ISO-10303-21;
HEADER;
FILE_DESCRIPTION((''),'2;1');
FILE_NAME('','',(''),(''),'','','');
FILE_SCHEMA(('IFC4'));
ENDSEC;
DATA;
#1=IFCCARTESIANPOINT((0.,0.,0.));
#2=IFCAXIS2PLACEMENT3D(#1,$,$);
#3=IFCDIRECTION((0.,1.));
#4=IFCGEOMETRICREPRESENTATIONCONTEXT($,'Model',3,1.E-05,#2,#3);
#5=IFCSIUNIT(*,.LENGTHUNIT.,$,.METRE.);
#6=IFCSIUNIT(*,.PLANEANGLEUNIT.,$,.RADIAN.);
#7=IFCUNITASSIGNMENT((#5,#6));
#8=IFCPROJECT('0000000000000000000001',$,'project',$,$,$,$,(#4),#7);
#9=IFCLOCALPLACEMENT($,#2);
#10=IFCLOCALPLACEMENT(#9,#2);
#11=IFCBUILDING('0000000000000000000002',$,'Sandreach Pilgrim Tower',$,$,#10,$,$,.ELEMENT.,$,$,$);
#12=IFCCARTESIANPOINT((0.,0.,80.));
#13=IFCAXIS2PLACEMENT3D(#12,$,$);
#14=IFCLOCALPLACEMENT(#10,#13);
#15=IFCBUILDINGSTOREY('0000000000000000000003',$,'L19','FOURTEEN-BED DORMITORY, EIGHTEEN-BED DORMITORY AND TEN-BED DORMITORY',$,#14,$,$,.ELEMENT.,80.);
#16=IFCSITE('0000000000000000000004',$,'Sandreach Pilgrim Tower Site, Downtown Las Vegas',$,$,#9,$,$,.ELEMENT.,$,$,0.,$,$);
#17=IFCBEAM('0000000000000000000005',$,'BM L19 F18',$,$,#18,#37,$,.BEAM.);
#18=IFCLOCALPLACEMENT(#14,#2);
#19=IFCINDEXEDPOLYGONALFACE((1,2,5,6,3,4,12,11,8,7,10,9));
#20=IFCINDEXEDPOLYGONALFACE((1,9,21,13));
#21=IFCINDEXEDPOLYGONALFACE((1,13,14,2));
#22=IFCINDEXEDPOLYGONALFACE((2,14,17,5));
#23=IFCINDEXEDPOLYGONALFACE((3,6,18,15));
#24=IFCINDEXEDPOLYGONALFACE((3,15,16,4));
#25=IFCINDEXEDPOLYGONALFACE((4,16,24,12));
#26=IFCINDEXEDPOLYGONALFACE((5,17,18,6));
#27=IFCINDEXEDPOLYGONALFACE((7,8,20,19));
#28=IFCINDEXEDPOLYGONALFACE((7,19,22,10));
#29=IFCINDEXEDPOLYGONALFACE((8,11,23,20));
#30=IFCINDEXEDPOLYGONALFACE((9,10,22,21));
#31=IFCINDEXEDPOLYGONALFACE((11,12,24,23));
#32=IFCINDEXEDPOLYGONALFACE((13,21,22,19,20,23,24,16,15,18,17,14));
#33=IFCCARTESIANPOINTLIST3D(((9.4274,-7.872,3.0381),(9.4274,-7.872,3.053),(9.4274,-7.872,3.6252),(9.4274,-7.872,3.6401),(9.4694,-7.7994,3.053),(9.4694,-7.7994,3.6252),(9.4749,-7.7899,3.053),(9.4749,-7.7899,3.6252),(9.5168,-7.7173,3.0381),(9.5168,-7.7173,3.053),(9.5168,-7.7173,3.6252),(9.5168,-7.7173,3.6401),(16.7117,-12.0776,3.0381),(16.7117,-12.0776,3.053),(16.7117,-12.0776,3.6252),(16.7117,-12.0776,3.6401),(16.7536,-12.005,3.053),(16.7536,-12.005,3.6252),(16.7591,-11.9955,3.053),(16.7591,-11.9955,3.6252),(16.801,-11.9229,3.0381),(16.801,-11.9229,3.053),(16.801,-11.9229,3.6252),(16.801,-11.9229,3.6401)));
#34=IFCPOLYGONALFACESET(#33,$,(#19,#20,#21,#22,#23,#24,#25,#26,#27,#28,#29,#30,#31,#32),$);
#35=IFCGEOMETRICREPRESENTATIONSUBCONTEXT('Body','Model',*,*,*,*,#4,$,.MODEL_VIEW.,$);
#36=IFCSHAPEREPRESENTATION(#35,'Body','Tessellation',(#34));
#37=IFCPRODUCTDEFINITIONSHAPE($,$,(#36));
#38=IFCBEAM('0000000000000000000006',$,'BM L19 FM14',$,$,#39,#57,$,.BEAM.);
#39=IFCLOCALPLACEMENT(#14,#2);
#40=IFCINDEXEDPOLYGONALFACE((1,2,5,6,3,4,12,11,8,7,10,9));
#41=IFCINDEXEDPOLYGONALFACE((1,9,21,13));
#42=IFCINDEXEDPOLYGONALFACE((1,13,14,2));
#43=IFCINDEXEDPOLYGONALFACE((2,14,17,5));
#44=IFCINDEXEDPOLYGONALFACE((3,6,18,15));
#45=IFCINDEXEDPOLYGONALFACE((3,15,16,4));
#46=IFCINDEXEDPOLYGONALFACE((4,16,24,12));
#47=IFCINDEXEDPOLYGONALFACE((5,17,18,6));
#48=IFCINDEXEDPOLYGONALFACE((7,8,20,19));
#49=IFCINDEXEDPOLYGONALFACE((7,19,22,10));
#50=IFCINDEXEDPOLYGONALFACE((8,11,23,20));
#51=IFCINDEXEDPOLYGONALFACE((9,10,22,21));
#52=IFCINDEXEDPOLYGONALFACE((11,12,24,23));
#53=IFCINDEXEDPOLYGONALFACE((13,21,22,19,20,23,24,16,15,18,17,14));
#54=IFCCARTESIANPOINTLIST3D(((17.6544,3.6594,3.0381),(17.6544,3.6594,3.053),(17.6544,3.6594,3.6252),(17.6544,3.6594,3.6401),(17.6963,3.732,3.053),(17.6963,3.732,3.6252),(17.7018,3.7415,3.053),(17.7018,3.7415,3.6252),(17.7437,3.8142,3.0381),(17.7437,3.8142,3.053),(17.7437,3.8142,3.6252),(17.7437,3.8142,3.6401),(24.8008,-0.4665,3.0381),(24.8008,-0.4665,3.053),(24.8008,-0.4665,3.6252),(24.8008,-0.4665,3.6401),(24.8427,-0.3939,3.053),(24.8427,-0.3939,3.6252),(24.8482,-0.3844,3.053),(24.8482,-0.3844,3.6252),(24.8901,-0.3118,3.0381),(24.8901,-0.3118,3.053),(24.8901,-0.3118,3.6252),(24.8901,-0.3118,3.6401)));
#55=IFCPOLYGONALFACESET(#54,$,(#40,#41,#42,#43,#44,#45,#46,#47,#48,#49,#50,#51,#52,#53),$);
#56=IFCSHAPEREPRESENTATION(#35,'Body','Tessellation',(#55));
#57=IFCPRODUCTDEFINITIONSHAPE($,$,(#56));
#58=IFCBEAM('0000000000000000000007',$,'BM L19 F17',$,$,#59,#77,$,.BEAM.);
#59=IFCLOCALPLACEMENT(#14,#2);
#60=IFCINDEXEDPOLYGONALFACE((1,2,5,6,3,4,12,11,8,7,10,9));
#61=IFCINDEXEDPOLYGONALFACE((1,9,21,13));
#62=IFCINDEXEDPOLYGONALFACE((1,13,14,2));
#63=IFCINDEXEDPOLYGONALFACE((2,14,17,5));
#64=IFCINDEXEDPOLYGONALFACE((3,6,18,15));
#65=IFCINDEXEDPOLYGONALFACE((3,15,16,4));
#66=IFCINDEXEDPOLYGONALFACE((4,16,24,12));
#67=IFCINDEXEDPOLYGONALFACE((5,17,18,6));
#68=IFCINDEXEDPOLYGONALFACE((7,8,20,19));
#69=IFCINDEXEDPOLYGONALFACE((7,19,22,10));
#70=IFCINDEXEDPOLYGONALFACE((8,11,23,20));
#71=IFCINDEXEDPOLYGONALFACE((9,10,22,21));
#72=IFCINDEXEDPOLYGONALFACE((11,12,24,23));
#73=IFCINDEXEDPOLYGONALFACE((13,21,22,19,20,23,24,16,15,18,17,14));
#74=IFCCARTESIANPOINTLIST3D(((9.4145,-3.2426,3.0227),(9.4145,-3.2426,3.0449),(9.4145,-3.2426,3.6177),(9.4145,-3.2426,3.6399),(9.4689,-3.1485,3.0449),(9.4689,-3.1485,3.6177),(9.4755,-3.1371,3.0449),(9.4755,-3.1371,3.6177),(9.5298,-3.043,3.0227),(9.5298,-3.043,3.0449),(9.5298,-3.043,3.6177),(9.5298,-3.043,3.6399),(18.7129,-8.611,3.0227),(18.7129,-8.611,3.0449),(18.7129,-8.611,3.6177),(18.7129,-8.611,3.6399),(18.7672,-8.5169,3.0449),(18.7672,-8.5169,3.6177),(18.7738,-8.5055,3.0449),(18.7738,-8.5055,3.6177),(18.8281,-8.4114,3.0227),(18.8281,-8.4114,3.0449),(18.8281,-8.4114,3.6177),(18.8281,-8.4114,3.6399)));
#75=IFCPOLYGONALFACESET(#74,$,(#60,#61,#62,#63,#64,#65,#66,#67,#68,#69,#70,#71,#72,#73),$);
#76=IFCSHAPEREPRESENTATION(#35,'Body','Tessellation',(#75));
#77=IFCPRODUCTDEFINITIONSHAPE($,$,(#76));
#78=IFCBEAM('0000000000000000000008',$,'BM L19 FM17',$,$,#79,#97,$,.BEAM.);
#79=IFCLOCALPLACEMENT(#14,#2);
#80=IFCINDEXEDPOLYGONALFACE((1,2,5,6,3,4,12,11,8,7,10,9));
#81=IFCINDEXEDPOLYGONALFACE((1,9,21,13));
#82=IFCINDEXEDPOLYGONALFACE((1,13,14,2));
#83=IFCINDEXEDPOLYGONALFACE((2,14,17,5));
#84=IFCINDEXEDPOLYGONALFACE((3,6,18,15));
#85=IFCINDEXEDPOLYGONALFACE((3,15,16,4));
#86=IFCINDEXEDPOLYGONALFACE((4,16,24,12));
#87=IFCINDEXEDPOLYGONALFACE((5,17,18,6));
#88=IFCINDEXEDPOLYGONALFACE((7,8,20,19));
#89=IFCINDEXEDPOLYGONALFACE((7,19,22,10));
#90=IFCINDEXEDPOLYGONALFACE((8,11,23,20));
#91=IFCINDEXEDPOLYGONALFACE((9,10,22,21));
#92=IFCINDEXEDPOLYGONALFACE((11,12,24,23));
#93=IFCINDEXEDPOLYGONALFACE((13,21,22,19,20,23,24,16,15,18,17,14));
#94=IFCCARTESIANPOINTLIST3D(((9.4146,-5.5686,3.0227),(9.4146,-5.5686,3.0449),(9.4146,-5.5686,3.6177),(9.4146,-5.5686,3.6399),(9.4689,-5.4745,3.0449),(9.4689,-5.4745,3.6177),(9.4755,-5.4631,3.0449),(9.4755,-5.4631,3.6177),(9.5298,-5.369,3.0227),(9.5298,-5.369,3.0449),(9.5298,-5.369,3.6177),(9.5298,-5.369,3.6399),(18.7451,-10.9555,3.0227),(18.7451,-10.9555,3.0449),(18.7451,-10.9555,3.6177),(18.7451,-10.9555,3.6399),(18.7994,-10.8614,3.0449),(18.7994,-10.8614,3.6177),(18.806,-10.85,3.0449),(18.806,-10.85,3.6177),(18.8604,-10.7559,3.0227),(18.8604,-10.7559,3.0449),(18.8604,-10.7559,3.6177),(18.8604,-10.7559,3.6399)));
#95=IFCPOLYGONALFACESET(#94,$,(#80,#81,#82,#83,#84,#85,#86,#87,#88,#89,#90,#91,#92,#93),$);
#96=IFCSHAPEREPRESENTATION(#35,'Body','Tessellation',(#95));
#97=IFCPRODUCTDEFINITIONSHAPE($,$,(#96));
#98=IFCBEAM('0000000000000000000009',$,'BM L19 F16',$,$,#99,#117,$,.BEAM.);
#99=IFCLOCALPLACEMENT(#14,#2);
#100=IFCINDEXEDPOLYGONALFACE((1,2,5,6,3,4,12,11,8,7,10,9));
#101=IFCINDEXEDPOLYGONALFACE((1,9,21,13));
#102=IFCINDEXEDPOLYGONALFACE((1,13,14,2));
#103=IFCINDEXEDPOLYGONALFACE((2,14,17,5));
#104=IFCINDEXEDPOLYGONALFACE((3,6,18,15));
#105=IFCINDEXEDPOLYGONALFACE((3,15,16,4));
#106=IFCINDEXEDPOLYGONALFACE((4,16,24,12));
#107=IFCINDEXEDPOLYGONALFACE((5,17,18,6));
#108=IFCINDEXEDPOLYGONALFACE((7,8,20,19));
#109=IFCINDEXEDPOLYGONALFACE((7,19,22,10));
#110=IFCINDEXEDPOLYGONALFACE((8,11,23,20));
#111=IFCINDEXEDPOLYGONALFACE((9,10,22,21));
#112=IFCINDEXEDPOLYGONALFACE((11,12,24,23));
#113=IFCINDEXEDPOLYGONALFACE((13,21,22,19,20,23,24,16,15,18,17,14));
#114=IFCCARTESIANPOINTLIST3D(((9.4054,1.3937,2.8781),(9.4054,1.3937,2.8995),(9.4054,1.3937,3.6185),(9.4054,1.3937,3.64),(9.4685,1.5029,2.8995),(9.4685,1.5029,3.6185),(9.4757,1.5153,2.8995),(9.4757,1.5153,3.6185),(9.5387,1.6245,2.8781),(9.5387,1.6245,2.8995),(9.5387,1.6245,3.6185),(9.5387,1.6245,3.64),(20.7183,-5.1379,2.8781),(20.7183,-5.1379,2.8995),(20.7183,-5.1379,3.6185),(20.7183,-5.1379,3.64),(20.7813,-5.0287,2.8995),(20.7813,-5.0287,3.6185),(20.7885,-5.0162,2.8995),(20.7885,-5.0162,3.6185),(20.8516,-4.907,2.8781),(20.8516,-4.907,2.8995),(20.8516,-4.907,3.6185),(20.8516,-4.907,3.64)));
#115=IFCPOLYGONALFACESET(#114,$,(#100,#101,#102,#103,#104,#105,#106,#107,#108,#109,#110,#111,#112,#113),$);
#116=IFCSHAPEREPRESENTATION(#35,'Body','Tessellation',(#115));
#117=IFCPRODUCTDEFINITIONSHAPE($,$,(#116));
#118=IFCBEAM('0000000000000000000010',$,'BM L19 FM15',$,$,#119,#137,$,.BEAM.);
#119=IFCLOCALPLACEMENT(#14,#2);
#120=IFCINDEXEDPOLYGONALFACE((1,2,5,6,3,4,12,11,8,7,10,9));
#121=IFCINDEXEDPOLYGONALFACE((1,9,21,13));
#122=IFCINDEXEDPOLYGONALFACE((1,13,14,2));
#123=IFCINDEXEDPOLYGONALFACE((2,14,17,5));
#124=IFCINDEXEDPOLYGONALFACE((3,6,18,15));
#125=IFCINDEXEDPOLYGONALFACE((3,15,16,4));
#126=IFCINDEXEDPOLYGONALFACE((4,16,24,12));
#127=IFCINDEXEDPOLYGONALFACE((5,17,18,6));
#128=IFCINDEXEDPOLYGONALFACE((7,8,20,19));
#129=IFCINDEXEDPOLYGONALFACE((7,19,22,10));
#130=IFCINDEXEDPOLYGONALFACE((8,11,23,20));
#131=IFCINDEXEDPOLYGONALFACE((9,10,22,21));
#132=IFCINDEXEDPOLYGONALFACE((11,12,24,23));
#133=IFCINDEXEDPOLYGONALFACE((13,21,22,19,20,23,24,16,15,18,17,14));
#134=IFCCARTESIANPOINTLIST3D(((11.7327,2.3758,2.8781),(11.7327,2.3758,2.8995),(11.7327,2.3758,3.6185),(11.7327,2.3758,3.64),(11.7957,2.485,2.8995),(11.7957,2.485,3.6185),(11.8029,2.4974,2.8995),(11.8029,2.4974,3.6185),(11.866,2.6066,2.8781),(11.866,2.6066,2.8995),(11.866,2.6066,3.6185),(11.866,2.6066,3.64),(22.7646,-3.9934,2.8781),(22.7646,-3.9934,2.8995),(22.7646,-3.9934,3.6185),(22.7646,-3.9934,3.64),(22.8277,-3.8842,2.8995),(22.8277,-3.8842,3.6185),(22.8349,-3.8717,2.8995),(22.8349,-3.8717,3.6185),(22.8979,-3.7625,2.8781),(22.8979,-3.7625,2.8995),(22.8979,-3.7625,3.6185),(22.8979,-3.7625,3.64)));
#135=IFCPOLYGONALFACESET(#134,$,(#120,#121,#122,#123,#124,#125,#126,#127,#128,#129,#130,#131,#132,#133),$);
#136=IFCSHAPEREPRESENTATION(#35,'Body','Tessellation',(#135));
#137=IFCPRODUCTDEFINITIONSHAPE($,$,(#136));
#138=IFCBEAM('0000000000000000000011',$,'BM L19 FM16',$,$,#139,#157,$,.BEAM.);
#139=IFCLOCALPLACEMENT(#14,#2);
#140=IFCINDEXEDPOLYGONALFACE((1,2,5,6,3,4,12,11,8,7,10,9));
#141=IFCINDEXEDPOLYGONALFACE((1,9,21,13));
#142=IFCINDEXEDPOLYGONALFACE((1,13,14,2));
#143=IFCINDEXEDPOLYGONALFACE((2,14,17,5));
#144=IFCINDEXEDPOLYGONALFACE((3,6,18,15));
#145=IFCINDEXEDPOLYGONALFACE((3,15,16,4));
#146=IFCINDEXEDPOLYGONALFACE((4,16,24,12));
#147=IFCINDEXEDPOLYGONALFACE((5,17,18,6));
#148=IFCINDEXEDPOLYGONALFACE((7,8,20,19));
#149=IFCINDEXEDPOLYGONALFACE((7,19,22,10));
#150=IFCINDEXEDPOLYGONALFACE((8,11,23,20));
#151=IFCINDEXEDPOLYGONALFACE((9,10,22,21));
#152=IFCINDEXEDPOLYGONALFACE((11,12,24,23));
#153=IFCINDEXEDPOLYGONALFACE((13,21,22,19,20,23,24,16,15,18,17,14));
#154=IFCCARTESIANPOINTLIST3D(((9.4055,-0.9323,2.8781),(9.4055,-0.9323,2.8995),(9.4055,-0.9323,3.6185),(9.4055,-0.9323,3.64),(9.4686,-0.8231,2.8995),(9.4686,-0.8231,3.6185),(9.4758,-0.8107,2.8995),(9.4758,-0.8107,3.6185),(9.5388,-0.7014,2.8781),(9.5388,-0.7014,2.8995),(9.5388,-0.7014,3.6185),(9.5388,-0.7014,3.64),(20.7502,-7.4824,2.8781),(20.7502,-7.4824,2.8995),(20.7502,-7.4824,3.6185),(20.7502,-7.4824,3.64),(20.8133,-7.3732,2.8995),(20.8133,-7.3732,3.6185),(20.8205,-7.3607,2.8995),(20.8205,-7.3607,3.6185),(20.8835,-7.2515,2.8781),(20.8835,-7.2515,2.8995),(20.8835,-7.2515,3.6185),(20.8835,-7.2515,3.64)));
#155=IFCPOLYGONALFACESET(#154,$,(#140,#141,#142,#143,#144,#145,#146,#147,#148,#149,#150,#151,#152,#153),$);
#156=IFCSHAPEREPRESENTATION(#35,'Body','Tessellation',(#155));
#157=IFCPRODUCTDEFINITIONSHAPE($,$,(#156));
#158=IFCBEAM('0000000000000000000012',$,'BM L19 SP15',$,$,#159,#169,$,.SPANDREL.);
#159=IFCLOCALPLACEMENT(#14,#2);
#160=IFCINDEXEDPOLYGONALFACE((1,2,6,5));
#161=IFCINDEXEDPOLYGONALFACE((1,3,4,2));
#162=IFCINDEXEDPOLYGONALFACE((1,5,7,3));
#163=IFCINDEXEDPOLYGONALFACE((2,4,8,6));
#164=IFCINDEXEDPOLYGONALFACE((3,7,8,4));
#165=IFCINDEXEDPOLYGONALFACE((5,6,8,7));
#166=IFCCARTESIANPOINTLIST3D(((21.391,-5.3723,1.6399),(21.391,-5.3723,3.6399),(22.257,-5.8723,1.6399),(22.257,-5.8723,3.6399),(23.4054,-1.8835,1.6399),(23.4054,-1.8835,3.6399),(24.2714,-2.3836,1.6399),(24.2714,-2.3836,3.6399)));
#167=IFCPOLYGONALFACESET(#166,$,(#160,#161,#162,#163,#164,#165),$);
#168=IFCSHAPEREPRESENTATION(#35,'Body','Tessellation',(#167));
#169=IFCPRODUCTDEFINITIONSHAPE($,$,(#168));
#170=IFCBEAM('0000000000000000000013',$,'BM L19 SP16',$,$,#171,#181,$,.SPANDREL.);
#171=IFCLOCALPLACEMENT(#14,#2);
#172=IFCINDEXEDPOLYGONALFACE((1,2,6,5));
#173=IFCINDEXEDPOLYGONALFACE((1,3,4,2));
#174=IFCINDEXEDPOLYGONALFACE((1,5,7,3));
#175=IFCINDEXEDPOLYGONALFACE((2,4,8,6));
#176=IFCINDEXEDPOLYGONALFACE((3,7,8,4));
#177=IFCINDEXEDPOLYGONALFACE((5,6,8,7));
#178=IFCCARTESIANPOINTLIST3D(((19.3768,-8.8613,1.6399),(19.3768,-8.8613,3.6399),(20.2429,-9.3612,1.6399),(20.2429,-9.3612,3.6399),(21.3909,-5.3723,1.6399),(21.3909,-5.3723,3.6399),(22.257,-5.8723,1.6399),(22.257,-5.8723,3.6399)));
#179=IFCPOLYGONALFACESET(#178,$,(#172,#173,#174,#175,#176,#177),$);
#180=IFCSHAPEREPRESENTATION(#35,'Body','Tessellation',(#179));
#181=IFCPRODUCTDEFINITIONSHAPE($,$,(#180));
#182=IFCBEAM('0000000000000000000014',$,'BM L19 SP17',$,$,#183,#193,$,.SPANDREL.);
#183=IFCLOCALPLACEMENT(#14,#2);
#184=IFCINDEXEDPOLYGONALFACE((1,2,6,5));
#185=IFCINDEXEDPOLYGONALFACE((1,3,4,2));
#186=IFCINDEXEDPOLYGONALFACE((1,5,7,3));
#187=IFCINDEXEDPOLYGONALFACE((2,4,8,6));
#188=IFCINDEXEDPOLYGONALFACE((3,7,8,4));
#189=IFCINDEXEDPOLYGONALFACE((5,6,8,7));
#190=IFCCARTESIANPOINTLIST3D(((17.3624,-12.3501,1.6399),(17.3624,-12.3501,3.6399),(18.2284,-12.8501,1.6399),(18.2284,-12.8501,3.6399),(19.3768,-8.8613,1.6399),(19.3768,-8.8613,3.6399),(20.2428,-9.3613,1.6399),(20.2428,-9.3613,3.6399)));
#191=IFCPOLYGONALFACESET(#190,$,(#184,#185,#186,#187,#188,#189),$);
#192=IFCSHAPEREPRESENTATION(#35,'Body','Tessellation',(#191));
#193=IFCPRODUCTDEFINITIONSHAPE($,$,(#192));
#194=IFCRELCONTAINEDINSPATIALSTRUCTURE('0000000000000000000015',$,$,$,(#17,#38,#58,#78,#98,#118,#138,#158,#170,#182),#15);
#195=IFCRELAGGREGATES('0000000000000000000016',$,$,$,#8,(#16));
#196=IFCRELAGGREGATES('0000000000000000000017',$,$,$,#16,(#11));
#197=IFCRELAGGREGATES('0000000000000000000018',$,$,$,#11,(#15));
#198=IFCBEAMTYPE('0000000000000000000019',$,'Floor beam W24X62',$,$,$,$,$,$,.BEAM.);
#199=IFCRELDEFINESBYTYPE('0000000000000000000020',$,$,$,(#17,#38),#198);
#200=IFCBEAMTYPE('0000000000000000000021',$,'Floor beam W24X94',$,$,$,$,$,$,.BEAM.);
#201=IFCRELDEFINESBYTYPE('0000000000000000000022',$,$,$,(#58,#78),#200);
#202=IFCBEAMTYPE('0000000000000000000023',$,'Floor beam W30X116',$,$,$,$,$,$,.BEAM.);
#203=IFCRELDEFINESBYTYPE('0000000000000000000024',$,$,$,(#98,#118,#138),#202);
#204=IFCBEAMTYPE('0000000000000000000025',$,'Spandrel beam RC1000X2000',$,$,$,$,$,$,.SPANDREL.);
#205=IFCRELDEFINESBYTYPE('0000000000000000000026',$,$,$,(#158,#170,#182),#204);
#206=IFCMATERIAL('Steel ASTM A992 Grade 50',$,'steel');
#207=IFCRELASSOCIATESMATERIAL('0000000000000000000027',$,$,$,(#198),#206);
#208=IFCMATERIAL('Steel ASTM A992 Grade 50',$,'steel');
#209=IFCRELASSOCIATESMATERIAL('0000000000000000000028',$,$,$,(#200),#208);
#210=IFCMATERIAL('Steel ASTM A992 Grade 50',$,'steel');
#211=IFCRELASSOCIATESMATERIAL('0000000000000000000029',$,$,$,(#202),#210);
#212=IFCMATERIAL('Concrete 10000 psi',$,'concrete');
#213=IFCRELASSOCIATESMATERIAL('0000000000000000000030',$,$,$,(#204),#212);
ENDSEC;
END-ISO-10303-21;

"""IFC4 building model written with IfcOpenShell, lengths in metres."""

from ifc_helpers import new_model, si_unit, direction, frame, origin, origin_2d, place, context, subcontext, project, spatial, rectangle, i_section, extrude, material, material_profile, profile_set, type_object, element, save


model = new_model("IFC4")

# Units and contexts
model_context = context("Model", 3, precision=1e-05, world=origin(), true_north=direction((0.0, 1.0)))
body_context = subcontext(model_context, "Body", "Model", "MODEL_VIEW")
ifc_project = project(units=[si_unit("LENGTHUNIT", "METRE"), si_unit("PLANEANGLEUNIT", "RADIAN")], contexts=[model_context])

# Site, building, storey
site_placement = place(None, origin())
site = spatial("IfcSite", under=ifc_project, at=site_placement, Name="Sandreach Pilgrim Tower Site, Downtown Las Vegas", CompositionType="ELEMENT", RefElevation=0.0)
building_placement = place(site_placement, origin())
building = spatial("IfcBuilding", under=site, at=building_placement, Name="Sandreach Pilgrim Tower", CompositionType="ELEMENT")
storey_placement = place(building_placement, frame((0.0, 0.0, 80.0)))
storey = spatial("IfcBuildingStorey", under=building, at=storey_placement, Name="L19", Description="FOURTEEN-BED DORMITORY, EIGHTEEN-BED DORMITORY AND TEN-BED DORMITORY", CompositionType="ELEMENT", Elevation=80.0)

# Beams
ifc_material_1 = material(Name="Steel ASTM A992 Grade 50", Category="steel")
ifc_material_profile_1 = material_profile(ifc_material_1, i_section(OverallWidth=0.1787, OverallDepth=0.6021, WebThickness=0.011, FlangeThickness=0.0149, at=origin_2d()), Name="W24X62")
ifc_profile_set_1 = profile_set([ifc_material_profile_1], Name="Steel ASTM A992 Grade 50")
beam_type_1 = type_object("IfcBeamType", Name="Floor beam W24X62", PredefinedType="BEAM", material=ifc_profile_set_1)
beam_1_placement = place(storey_placement, frame((16.7563, -12.0002, 3.3391), z_axis=(-0.866023, 0.500004, 0.0), x_axis=(-0.500004, -0.866023, 0.0)))
element("IfcBeam", 1, at=beam_1_placement, inside=storey, type_object=beam_type_1, Name="BM L19 F18", PredefinedType="BEAM", context=body_context, shape_type="SweptSolid", body=[
    extrude(i_section(OverallWidth=0.1787, OverallDepth=0.6021, WebThickness=0.011, FlangeThickness=0.0149, at=origin_2d()), origin(), (0.0, 0.0, 1.0), 8.4111),
])
beam_2_placement = place(storey_placement, frame((24.8455, -0.3892, 3.3391), z_axis=(-0.866028, 0.499996, 0.0), x_axis=(-0.499996, -0.866028, 0.0)))
element("IfcBeam", 2, at=beam_2_placement, inside=storey, type_object=beam_type_1, Name="BM L19 FM14", PredefinedType="BEAM", context=body_context, shape_type="SweptSolid", body=[
    extrude(i_section(OverallWidth=0.1787, OverallDepth=0.6021, WebThickness=0.011, FlangeThickness=0.0149, at=origin_2d()), origin(), (0.0, 0.0, 1.0), 8.252),
])
ifc_material_2 = material(Name="Steel ASTM A992 Grade 50", Category="steel")
ifc_material_profile_2 = material_profile(ifc_material_2, i_section(OverallWidth=0.2305, OverallDepth=0.6172, WebThickness=0.0132, FlangeThickness=0.0222, at=origin_2d()), Name="W24X94")
ifc_profile_set_2 = profile_set([ifc_material_profile_2], Name="Steel ASTM A992 Grade 50")
beam_type_2 = type_object("IfcBeamType", Name="Floor beam W24X94", PredefinedType="BEAM", material=ifc_profile_set_2)
beam_3_placement = place(storey_placement, frame((18.7705, -8.5112, 3.3313), z_axis=(-0.866025, 0.500001, 0.0), x_axis=(-0.500001, -0.866025, 0.0)))
element("IfcBeam", 3, at=beam_3_placement, inside=storey, type_object=beam_type_2, Name="BM L19 F17", PredefinedType="BEAM", context=body_context, shape_type="SweptSolid", body=[
    extrude(i_section(OverallWidth=0.2305, OverallDepth=0.6172, WebThickness=0.0132, FlangeThickness=0.0222, at=origin_2d()), origin(), (0.0, 0.0, 1.0), 10.7368),
])
beam_4_placement = place(storey_placement, frame((18.8027, -10.8557, 3.3313), z_axis=(-0.866027, 0.499997, 0.0), x_axis=(-0.499997, -0.866027, 0.0)))
element("IfcBeam", 4, at=beam_4_placement, inside=storey, type_object=beam_type_2, Name="BM L19 FM17", PredefinedType="BEAM", context=body_context, shape_type="SweptSolid", body=[
    extrude(i_section(OverallWidth=0.2305, OverallDepth=0.6172, WebThickness=0.0132, FlangeThickness=0.0222, at=origin_2d()), origin(), (0.0, 0.0, 1.0), 10.7739),
])
ifc_material_3 = material(Name="Steel ASTM A992 Grade 50", Category="steel")
ifc_material_profile_3 = material_profile(ifc_material_3, i_section(OverallWidth=0.2666, OverallDepth=0.762, WebThickness=0.0144, FlangeThickness=0.0215, at=origin_2d()), Name="W30X116")
ifc_profile_set_3 = profile_set([ifc_material_profile_3], Name="Steel ASTM A992 Grade 50")
beam_type_3 = type_object("IfcBeamType", Name="Floor beam W30X116", PredefinedType="BEAM", material=ifc_profile_set_3)
beam_5_placement = place(storey_placement, frame((20.7849, -5.0225, 3.259), z_axis=(-0.866023, 0.500004, 0.0), x_axis=(-0.500004, -0.866023, 0.0)))
element("IfcBeam", 5, at=beam_5_placement, inside=storey, type_object=beam_type_3, Name="BM L19 F16", PredefinedType="BEAM", context=body_context, shape_type="SweptSolid", body=[
    extrude(i_section(OverallWidth=0.2666, OverallDepth=0.762, WebThickness=0.0144, FlangeThickness=0.0215, at=origin_2d()), origin(), (0.0, 0.0, 1.0), 13.063),
])
beam_6_placement = place(storey_placement, frame((22.8313, -3.8779, 3.259), z_axis=(-0.866031, 0.49999, 0.0), x_axis=(-0.49999, -0.866031, 0.0)))
element("IfcBeam", 6, at=beam_6_placement, inside=storey, type_object=beam_type_3, Name="BM L19 FM15", PredefinedType="BEAM", context=body_context, shape_type="SweptSolid", body=[
    extrude(i_section(OverallWidth=0.2666, OverallDepth=0.762, WebThickness=0.0144, FlangeThickness=0.0215, at=origin_2d()), origin(), (0.0, 0.0, 1.0), 12.7385),
])
beam_7_placement = place(storey_placement, frame((20.8169, -7.3669, 3.259), z_axis=(-0.86602, 0.50001, 0.0), x_axis=(-0.50001, -0.86602, 0.0)))
element("IfcBeam", 7, at=beam_7_placement, inside=storey, type_object=beam_type_3, Name="BM L19 FM16", PredefinedType="BEAM", context=body_context, shape_type="SweptSolid", body=[
    extrude(i_section(OverallWidth=0.2666, OverallDepth=0.762, WebThickness=0.0144, FlangeThickness=0.0215, at=origin_2d()), origin(), (0.0, 0.0, 1.0), 13.0999),
])
ifc_material_4 = material(Name="Concrete 10000 psi", Category="concrete")
ifc_material_profile_4 = material_profile(ifc_material_4, rectangle(XDim=1.0, YDim=2.0, at=origin_2d()), Name="RC1000X2000")
ifc_profile_set_4 = profile_set([ifc_material_profile_4], Name="Concrete 10000 psi")
beam_type_4 = type_object("IfcBeamType", Name="Spandrel beam RC1000X2000", PredefinedType="SPANDREL", material=ifc_profile_set_4)
for number, where, z_axis, x_axis, name in (
    (8, (23.8384, -2.1335, 2.6399), (-0.50003, -0.866008, 0.0), (0.866008, -0.50003, 0.0), "BM L19 SP15"),
    (9, (21.824, -5.6223, 2.6399), (-0.499959, -0.866049, 0.0), (0.866049, -0.499959, 0.0), "BM L19 SP16"),
    (10, (19.8098, -9.1113, 2.6399), (-0.50003, -0.866008, 0.0), (0.866008, -0.50003, 0.0), "BM L19 SP17"),
):
    element("IfcBeam", number, at=place(storey_placement, frame(where, z_axis=z_axis, x_axis=x_axis)), inside=storey, type_object=beam_type_4, Name=name, PredefinedType="SPANDREL", context=body_context, shape_type="SweptSolid", body=[
        extrude(rectangle(XDim=1.0, YDim=2.0, at=origin_2d()), origin(), (0.0, 0.0, 1.0), 4.0286),
    ])

save(model, "model.ifc")
